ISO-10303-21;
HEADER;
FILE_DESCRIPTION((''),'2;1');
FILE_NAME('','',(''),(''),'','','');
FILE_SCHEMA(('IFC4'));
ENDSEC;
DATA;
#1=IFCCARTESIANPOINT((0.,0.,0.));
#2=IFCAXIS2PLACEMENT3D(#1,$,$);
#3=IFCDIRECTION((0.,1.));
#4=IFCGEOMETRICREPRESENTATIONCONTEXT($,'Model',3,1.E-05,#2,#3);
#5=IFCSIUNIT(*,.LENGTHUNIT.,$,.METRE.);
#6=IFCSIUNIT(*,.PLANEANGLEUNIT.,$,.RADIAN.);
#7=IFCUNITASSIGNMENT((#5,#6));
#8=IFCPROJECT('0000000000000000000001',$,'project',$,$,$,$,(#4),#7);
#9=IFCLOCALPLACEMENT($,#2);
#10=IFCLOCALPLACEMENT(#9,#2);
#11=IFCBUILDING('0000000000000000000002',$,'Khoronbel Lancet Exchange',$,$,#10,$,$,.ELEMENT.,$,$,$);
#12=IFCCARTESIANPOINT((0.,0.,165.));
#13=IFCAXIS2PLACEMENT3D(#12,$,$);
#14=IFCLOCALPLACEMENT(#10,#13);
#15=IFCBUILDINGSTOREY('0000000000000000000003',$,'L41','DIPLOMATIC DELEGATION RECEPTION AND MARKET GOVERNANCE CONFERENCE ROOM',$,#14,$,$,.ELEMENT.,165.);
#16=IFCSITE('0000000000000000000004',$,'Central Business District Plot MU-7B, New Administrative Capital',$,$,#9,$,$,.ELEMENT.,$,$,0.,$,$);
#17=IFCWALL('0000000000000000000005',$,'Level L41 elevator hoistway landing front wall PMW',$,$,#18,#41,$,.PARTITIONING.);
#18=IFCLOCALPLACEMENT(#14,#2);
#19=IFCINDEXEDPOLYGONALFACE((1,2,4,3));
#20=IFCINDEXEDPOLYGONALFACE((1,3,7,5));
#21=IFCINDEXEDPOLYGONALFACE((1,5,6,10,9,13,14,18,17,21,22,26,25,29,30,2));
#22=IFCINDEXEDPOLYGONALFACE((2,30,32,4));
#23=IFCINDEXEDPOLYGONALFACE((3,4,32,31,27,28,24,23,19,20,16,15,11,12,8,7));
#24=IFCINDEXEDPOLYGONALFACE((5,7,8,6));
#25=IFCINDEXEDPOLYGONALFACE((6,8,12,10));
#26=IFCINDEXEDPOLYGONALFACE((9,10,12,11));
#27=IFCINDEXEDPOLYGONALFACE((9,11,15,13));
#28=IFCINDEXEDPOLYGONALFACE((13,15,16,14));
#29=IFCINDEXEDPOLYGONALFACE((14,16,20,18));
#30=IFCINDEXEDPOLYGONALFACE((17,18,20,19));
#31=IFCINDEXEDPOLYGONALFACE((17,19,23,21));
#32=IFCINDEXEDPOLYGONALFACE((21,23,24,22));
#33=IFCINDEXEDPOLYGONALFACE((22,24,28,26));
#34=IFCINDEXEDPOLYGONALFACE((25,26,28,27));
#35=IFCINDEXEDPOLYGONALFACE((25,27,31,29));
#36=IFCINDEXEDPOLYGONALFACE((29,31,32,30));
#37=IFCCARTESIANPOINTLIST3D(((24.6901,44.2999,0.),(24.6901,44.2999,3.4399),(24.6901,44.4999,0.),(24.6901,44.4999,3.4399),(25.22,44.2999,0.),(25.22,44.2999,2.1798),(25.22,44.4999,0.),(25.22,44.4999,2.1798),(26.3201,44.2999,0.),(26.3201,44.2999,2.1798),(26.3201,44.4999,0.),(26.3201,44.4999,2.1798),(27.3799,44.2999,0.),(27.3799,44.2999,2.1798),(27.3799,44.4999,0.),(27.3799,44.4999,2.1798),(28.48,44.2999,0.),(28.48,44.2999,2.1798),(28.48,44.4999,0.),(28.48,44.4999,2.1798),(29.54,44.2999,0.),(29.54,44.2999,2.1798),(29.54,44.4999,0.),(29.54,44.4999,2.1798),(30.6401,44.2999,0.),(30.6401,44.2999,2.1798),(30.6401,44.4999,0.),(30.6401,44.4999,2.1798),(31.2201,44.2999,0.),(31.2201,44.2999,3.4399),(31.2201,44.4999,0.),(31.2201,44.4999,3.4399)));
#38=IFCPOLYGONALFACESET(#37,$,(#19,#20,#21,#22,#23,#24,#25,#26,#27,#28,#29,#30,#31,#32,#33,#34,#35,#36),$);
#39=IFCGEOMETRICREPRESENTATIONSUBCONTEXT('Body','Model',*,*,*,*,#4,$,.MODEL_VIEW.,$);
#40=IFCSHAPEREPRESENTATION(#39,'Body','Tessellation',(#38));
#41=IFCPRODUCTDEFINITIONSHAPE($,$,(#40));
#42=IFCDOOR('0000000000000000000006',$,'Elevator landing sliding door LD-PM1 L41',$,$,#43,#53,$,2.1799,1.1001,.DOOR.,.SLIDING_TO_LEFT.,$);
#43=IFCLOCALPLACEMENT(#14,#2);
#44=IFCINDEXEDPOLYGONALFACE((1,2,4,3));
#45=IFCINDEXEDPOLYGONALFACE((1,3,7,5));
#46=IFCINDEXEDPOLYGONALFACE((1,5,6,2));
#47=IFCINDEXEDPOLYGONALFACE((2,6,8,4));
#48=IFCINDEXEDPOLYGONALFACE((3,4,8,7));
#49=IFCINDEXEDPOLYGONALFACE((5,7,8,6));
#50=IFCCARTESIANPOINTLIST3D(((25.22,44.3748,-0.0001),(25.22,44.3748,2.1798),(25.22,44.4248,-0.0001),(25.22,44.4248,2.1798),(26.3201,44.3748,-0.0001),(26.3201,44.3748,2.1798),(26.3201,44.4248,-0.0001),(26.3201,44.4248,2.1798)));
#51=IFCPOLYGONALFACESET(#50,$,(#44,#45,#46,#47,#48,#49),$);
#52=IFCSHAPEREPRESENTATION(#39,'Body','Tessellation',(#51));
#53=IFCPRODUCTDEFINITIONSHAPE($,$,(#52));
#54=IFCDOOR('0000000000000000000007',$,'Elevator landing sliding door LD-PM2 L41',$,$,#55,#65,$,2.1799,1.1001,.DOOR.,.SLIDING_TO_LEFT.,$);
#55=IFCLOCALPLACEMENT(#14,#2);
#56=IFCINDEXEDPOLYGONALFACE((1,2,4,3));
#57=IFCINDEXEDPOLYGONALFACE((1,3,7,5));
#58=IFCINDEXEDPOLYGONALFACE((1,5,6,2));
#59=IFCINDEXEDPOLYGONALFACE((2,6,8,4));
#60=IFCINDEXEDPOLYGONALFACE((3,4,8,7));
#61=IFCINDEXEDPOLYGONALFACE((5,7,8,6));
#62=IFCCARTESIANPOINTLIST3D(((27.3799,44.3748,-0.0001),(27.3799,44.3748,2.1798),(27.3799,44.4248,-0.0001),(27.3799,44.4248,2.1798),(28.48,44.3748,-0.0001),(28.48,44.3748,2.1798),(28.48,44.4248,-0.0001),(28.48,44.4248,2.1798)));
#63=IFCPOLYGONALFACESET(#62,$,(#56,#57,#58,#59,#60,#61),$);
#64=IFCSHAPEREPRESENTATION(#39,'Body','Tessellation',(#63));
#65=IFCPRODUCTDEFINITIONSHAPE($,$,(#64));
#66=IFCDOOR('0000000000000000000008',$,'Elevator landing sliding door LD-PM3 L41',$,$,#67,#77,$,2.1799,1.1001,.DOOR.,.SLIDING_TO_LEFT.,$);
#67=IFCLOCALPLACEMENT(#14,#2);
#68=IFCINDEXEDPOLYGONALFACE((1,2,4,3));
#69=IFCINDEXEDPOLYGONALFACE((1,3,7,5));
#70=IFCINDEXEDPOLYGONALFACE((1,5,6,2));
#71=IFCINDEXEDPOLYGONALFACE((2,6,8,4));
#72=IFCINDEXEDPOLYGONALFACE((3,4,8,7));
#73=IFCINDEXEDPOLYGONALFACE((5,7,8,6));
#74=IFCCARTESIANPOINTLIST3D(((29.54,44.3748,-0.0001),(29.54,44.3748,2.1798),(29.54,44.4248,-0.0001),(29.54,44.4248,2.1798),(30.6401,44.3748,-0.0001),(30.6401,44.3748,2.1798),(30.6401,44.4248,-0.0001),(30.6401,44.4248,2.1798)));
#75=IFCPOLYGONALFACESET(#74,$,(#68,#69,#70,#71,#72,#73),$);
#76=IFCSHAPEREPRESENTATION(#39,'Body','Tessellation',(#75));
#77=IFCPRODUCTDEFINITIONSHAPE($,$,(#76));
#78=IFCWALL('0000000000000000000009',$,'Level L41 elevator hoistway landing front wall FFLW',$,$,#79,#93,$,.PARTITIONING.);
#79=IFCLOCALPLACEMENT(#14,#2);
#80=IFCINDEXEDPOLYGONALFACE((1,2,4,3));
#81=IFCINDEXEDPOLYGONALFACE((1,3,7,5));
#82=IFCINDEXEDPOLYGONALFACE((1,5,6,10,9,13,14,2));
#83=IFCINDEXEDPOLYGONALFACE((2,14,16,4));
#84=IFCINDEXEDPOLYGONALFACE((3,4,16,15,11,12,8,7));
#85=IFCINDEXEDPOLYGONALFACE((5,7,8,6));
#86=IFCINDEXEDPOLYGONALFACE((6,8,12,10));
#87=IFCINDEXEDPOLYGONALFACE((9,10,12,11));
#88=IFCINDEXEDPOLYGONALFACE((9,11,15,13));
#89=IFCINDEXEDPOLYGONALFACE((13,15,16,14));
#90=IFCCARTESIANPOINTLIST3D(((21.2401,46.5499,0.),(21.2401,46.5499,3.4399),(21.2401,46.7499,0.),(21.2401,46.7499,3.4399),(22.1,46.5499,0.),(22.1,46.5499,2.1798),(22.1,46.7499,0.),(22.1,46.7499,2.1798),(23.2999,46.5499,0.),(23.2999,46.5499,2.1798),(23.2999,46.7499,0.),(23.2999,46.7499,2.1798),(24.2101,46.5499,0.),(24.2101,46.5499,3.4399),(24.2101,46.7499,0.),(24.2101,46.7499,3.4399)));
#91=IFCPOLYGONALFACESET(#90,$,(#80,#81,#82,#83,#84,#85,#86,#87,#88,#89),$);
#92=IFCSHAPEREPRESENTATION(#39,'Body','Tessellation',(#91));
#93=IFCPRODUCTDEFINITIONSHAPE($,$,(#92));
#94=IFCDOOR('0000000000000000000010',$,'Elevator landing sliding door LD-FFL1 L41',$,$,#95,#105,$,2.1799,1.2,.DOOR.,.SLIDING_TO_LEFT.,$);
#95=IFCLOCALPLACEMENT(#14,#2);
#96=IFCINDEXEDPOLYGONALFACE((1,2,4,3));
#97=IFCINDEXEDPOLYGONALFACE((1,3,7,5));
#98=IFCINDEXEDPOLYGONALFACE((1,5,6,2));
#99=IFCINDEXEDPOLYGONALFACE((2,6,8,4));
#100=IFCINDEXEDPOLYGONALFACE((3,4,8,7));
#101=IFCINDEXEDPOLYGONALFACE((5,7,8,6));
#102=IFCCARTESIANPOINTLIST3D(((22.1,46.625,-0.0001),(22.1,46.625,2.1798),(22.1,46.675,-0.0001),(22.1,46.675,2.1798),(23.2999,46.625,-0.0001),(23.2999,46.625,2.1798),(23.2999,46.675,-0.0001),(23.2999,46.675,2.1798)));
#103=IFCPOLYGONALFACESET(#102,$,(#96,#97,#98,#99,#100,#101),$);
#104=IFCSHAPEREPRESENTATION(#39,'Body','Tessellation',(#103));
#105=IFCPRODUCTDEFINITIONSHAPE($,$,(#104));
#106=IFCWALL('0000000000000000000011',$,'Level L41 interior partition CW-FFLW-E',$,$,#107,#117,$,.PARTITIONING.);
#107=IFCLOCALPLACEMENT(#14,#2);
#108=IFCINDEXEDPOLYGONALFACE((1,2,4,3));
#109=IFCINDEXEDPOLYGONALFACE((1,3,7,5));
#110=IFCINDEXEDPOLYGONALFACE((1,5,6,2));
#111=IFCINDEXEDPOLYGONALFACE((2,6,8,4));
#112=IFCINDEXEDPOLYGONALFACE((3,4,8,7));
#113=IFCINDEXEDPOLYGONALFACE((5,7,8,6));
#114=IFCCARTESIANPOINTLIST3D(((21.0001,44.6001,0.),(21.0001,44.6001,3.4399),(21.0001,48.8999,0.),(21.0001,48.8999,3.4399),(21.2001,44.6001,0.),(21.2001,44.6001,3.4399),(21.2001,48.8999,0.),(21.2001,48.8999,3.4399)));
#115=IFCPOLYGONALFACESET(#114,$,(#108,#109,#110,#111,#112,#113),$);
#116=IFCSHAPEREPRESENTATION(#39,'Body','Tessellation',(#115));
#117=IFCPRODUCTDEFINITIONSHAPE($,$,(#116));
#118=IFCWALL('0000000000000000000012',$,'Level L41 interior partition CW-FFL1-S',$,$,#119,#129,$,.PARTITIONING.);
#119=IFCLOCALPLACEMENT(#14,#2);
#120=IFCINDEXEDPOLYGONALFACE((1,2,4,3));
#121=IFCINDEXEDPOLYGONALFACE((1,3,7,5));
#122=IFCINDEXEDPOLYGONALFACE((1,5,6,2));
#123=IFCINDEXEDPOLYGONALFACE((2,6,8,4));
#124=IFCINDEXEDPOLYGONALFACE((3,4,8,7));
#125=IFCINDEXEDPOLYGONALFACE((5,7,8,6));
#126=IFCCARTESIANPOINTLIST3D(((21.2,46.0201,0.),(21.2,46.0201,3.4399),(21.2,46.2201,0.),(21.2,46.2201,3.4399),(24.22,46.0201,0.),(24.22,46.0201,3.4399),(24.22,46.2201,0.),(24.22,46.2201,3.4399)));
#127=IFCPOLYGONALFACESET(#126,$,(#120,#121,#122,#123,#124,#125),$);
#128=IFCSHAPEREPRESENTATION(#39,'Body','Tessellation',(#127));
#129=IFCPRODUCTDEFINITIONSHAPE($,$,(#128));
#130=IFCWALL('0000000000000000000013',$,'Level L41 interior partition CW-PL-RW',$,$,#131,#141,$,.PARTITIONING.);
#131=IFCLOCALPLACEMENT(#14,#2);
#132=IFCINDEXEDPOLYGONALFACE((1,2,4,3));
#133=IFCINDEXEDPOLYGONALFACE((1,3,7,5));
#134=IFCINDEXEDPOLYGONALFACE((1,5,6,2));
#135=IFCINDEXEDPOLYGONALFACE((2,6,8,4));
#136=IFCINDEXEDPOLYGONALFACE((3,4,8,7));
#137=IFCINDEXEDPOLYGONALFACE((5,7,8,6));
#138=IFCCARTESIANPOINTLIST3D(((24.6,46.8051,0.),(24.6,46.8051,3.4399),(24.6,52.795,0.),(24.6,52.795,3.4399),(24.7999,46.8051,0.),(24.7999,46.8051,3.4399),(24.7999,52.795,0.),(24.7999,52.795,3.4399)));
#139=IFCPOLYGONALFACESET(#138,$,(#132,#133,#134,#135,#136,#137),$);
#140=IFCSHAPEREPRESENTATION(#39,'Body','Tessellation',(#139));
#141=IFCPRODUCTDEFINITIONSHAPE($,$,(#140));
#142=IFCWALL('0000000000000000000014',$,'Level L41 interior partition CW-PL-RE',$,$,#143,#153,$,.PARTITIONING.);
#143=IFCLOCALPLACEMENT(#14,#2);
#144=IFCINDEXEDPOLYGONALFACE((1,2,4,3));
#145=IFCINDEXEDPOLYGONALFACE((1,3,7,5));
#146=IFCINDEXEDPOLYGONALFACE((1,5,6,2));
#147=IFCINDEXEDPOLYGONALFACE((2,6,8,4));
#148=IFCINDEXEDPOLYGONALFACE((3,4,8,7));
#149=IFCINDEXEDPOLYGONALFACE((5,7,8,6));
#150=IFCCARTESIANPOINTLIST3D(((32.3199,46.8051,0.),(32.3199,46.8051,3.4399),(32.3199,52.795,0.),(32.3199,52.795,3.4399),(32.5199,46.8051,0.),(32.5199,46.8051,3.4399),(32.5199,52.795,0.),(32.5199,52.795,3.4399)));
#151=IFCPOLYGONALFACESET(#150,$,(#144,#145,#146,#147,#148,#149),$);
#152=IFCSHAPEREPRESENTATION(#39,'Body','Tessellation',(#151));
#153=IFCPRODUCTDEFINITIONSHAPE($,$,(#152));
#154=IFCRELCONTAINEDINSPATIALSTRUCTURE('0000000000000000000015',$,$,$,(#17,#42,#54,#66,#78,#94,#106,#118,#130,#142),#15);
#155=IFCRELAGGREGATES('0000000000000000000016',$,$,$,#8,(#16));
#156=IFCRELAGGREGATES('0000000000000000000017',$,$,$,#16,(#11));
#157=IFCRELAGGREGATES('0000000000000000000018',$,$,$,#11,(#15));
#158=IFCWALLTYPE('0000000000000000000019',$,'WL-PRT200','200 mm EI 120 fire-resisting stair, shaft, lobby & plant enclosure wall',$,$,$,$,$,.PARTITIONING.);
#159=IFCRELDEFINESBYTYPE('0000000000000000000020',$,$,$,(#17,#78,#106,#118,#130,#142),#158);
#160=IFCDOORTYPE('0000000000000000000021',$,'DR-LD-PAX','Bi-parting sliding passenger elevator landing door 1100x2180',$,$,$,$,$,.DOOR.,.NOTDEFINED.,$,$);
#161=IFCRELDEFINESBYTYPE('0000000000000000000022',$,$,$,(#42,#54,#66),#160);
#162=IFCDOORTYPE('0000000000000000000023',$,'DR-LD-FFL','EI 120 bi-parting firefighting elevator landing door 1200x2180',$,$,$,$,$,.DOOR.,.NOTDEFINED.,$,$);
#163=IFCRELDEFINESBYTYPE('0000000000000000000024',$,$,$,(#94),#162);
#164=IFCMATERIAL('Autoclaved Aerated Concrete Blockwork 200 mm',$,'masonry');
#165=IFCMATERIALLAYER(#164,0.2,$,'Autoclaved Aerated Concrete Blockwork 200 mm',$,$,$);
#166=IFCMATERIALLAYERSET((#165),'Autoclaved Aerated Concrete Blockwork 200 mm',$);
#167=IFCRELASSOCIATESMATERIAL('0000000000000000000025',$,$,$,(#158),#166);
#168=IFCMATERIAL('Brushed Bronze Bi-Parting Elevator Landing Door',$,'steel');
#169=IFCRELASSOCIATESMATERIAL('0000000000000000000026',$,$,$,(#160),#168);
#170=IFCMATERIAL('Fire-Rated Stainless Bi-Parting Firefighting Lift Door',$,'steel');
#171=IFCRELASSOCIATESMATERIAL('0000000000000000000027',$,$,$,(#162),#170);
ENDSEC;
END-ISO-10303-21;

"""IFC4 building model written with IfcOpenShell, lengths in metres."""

from ifc_helpers import new_model, si_unit, direction, frame, frame_2d, origin, place, context, subcontext, project, spatial, rectangle, extrude, material, layer, layer_set, type_object, element, fill, save


model = new_model("IFC4")

# Units and contexts
model_context = context("Model", 3, precision=1e-05, world=origin(), true_north=direction((0.0, 1.0)))
body_context = subcontext(model_context, "Body", "Model", "MODEL_VIEW")
ifc_project = project(units=[si_unit("LENGTHUNIT", "METRE"), si_unit("PLANEANGLEUNIT", "RADIAN")], contexts=[model_context])

# Site, building, storey
site_placement = place(None, origin())
site = spatial("IfcSite", under=ifc_project, at=site_placement, Name="Central Business District Plot MU-7B, New Administrative Capital", CompositionType="ELEMENT", RefElevation=0.0)
building_placement = place(site_placement, origin())
building = spatial("IfcBuilding", under=site, at=building_placement, Name="Khoronbel Lancet Exchange", CompositionType="ELEMENT")
storey_placement = place(building_placement, frame((0.0, 0.0, 165.0)))
storey = spatial("IfcBuildingStorey", under=building, at=storey_placement, Name="L41", Description="DIPLOMATIC DELEGATION RECEPTION AND MARKET GOVERNANCE CONFERENCE ROOM", CompositionType="ELEMENT", Elevation=165.0)

# Wall, openings, doors
ifc_material_1 = material(Name="Autoclaved Aerated Concrete Blockwork 200 mm", Category="masonry")
ifc_layer_1 = layer(ifc_material_1, 0.2, Name="Autoclaved Aerated Concrete Blockwork 200 mm")
ifc_layer_set_1 = layer_set([ifc_layer_1], Name="Autoclaved Aerated Concrete Blockwork 200 mm")
wall_type_1 = type_object("IfcWallType", Name="WL-PRT200", Description="200 mm EI 120 fire-resisting stair, shaft, lobby & plant enclosure wall", PredefinedType="PARTITIONING", material=ifc_layer_set_1)
wall_1_placement = place(storey_placement, frame((24.6899, 44.3999, 0.0), z_axis=(0.0, 0.0, 1.0), x_axis=(1.0, 0.0, 0.0)))
wall_1 = element("IfcWall", 1, at=wall_1_placement, inside=storey, type_object=wall_type_1, Name="Level L41 elevator hoistway landing front wall PMW", PredefinedType="PARTITIONING", context=body_context, shape_type="SweptSolid", body=[
    extrude(rectangle(XDim=6.53, YDim=0.2, at=frame_2d((3.2651, 0.0))), origin(), (0.0, 0.0, 1.0), 3.4399),
])
opening_1_placement = place(wall_1_placement, frame((0.53, 0.0, 0.0)))
opening_1 = element("IfcOpeningElement", 2, at=opening_1_placement, cuts=wall_1, PredefinedType="OPENING", context=body_context, shape_type="SweptSolid", body=[
    extrude(rectangle(XDim=1.1001, YDim=2.1799, at=frame_2d((0.55, 1.0898))), frame((0.0, 0.1099, 0.0), z_axis=(0.0, -1.0, 0.0), x_axis=(1.0, 0.0, 0.0)), (0.0, 0.0, 1.0), 0.22),
])
opening_2_placement = place(wall_1_placement, frame((2.6899, 0.0, 0.0)))
opening_2 = element("IfcOpeningElement", 3, at=opening_2_placement, cuts=wall_1, PredefinedType="OPENING", context=body_context, shape_type="SweptSolid", body=[
    extrude(rectangle(XDim=1.1001, YDim=2.1799, at=frame_2d((0.55, 1.0898))), frame((0.0, 0.1099, 0.0), z_axis=(0.0, -1.0, 0.0), x_axis=(1.0, 0.0, 0.0)), (0.0, 0.0, 1.0), 0.22),
])
opening_3_placement = place(wall_1_placement, frame((4.8501, 0.0, 0.0)))
opening_3 = element("IfcOpeningElement", 4, at=opening_3_placement, cuts=wall_1, PredefinedType="OPENING", context=body_context, shape_type="SweptSolid", body=[
    extrude(rectangle(XDim=1.1001, YDim=2.1799, at=frame_2d((0.55, 1.0898))), frame((0.0, 0.1099, 0.0), z_axis=(0.0, -1.0, 0.0), x_axis=(1.0, 0.0, 0.0)), (0.0, 0.0, 1.0), 0.22),
])
ifc_material_2 = material(Name="Brushed Bronze Bi-Parting Elevator Landing Door", Category="steel")
door_type_1 = type_object("IfcDoorType", Name="DR-LD-PAX", Description="Bi-parting sliding passenger elevator landing door 1100x2180", OperationType="NOTDEFINED", PredefinedType="DOOR", material=ifc_material_2)
door_1_placement = place(opening_1_placement, origin())
door_1 = element("IfcDoor", 5, at=door_1_placement, inside=storey, type_object=door_type_1, Name="Elevator landing sliding door LD-PM1 L41", OperationType="SLIDING_TO_LEFT", OverallHeight=2.1799, OverallWidth=1.1001, PredefinedType="DOOR", context=body_context, shape_type="SweptSolid", body=[
    extrude(rectangle(XDim=1.1001, YDim=2.1799, at=frame_2d((0.55, 1.0898))), frame((0.0, 0.0249, 0.0), z_axis=(0.0, -1.0, 0.0), x_axis=(1.0, 0.0, 0.0)), (0.0, 0.0, 1.0), 0.05),
])
fill(opening_1, door_1)
door_2_placement = place(opening_2_placement, origin())
door_2 = element("IfcDoor", 6, at=door_2_placement, inside=storey, type_object=door_type_1, Name="Elevator landing sliding door LD-PM2 L41", OperationType="SLIDING_TO_LEFT", OverallHeight=2.1799, OverallWidth=1.1001, PredefinedType="DOOR", context=body_context, shape_type="SweptSolid", body=[
    extrude(rectangle(XDim=1.1001, YDim=2.1799, at=frame_2d((0.55, 1.0898))), frame((0.0, 0.0249, 0.0), z_axis=(0.0, -1.0, 0.0), x_axis=(1.0, 0.0, 0.0)), (0.0, 0.0, 1.0), 0.05),
])
fill(opening_2, door_2)
door_3_placement = place(opening_3_placement, origin())
door_3 = element("IfcDoor", 7, at=door_3_placement, inside=storey, type_object=door_type_1, Name="Elevator landing sliding door LD-PM3 L41", OperationType="SLIDING_TO_LEFT", OverallHeight=2.1799, OverallWidth=1.1001, PredefinedType="DOOR", context=body_context, shape_type="SweptSolid", body=[
    extrude(rectangle(XDim=1.1001, YDim=2.1799, at=frame_2d((0.55, 1.0898))), frame((0.0, 0.0249, 0.0), z_axis=(0.0, -1.0, 0.0), x_axis=(1.0, 0.0, 0.0)), (0.0, 0.0, 1.0), 0.05),
])
fill(opening_3, door_3)

# Wall, opening, door
wall_2_placement = place(storey_placement, frame((24.21, 46.6499, 0.0), z_axis=(0.0, 0.0, 1.0), x_axis=(-1.0, 0.0, 0.0)))
wall_2 = element("IfcWall", 8, at=wall_2_placement, inside=storey, type_object=wall_type_1, Name="Level L41 elevator hoistway landing front wall FFLW", PredefinedType="PARTITIONING", context=body_context, shape_type="SweptSolid", body=[
    extrude(rectangle(XDim=2.97, YDim=0.2, at=frame_2d((1.4849, 0.0))), origin(), (0.0, 0.0, 1.0), 3.4399),
])
opening_4_placement = place(wall_2_placement, frame((0.9099, 0.0, 0.0)))
opening_4 = element("IfcOpeningElement", 9, at=opening_4_placement, cuts=wall_2, PredefinedType="OPENING", context=body_context, shape_type="SweptSolid", body=[
    extrude(rectangle(XDim=1.2, YDim=2.1799, at=frame_2d((0.6001, 1.0898))), frame((0.0, 0.1099, 0.0), z_axis=(0.0, -1.0, 0.0), x_axis=(1.0, 0.0, 0.0)), (0.0, 0.0, 1.0), 0.22),
])
ifc_material_3 = material(Name="Fire-Rated Stainless Bi-Parting Firefighting Lift Door", Category="steel")
door_type_2 = type_object("IfcDoorType", Name="DR-LD-FFL", Description="EI 120 bi-parting firefighting elevator landing door 1200x2180", OperationType="NOTDEFINED", PredefinedType="DOOR", material=ifc_material_3)
door_4_placement = place(opening_4_placement, origin())
door_4 = element("IfcDoor", 10, at=door_4_placement, inside=storey, type_object=door_type_2, Name="Elevator landing sliding door LD-FFL1 L41", OperationType="SLIDING_TO_LEFT", OverallHeight=2.1799, OverallWidth=1.2, PredefinedType="DOOR", context=body_context, shape_type="SweptSolid", body=[
    extrude(rectangle(XDim=1.2, YDim=2.1799, at=frame_2d((0.6001, 1.0898))), frame((0.0, 0.0249, 0.0), z_axis=(0.0, -1.0, 0.0), x_axis=(1.0, 0.0, 0.0)), (0.0, 0.0, 1.0), 0.05),
])
fill(opening_4, door_4)

# Walls
wall_3_placement = place(storey_placement, frame((21.1001, 44.6001, 0.0), z_axis=(0.0, 0.0, 1.0), x_axis=(0.0, 1.0, 0.0)))
element("IfcWall", 11, at=wall_3_placement, inside=storey, type_object=wall_type_1, Name="Level L41 interior partition CW-FFLW-E", PredefinedType="PARTITIONING", context=body_context, shape_type="SweptSolid", body=[
    extrude(rectangle(XDim=4.2998, YDim=0.2, at=frame_2d((2.1499, 0.0))), origin(), (0.0, 0.0, 1.0), 3.4399),
])
wall_4_placement = place(storey_placement, frame((21.2, 46.1201, 0.0), z_axis=(0.0, 0.0, 1.0), x_axis=(1.0, 0.0, 0.0)))
element("IfcWall", 12, at=wall_4_placement, inside=storey, type_object=wall_type_1, Name="Level L41 interior partition CW-FFL1-S", PredefinedType="PARTITIONING", context=body_context, shape_type="SweptSolid", body=[
    extrude(rectangle(XDim=3.02, YDim=0.2, at=frame_2d((1.51, 0.0))), origin(), (0.0, 0.0, 1.0), 3.4399),
])
for number, where, z_axis, x_axis, name in (
    (13, (24.7, 46.8049, 0.0), (0.0, 0.0, 1.0), (0.0, 1.0, 0.0), "Level L41 interior partition CW-PL-RW"),
    (14, (32.4199, 46.8049, 0.0), (0.0, 0.0, 1.0), (0.0, 1.0, 0.0), "Level L41 interior partition CW-PL-RE"),
):
    element("IfcWall", number, at=place(storey_placement, frame(where, z_axis=z_axis, x_axis=x_axis)), inside=storey, type_object=wall_type_1, Name=name, PredefinedType="PARTITIONING", context=body_context, shape_type="SweptSolid", body=[
        extrude(rectangle(XDim=5.99, YDim=0.2, at=frame_2d((2.9951, 0.0))), origin(), (0.0, 0.0, 1.0), 3.4399),
    ])

save(model, "model.ifc")
